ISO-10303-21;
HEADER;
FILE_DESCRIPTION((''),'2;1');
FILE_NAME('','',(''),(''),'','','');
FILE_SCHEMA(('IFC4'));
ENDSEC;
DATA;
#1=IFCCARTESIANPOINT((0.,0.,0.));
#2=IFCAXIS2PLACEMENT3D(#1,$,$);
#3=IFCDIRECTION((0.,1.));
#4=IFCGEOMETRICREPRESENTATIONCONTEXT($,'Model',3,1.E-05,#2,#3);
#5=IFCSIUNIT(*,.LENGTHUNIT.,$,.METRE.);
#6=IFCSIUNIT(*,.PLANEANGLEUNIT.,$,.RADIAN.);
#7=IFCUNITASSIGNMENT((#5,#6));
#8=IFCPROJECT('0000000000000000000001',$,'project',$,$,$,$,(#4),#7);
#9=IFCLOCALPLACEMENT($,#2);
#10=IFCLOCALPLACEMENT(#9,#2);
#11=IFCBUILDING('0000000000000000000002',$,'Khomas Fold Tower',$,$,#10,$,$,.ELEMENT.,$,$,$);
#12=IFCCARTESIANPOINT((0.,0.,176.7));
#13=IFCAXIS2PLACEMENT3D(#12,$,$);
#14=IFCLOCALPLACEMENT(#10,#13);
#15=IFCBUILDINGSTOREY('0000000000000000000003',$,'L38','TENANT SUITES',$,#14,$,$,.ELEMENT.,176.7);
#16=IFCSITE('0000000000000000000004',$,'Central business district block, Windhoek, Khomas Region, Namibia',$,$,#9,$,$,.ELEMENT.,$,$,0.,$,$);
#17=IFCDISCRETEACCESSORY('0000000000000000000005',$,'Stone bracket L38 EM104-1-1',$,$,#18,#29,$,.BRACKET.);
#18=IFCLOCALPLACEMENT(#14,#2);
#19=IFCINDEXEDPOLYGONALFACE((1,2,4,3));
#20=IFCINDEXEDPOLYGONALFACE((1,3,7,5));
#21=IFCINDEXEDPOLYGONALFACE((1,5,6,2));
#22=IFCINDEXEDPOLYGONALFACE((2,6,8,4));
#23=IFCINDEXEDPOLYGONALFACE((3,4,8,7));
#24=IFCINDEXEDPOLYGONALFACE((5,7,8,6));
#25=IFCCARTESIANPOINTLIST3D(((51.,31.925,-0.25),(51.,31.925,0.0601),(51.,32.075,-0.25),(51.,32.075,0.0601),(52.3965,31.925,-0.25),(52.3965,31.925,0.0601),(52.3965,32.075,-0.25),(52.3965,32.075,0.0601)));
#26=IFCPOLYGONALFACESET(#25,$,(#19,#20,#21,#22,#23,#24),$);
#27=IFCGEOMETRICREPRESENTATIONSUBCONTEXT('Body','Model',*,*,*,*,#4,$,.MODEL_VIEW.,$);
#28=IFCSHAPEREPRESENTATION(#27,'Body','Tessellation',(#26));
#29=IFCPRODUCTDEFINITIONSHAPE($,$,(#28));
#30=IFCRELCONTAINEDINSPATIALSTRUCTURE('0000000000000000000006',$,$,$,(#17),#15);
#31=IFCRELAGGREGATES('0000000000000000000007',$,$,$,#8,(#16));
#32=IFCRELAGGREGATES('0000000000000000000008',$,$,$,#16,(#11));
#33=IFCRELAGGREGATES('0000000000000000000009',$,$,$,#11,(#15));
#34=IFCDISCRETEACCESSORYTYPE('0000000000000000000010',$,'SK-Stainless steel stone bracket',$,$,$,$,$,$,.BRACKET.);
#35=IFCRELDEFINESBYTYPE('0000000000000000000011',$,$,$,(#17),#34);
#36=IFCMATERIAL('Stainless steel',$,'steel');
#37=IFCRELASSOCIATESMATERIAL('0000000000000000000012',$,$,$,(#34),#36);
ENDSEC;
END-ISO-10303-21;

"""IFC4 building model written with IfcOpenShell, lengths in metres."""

from ifc_helpers import new_model, si_unit, direction, frame, origin, origin_2d, place, context, subcontext, project, spatial, rectangle, extrude, source, transform, mapped, material, type_object, element, save


model = new_model("IFC4")

# Units and contexts
model_context = context("Model", 3, precision=1e-05, world=origin(), true_north=direction((0.0, 1.0)))
body_context = subcontext(model_context, "Body", "Model", "MODEL_VIEW")
ifc_project = project(units=[si_unit("LENGTHUNIT", "METRE"), si_unit("PLANEANGLEUNIT", "RADIAN")], contexts=[model_context])

# Site, building, storey
site_placement = place(None, origin())
site = spatial("IfcSite", under=ifc_project, at=site_placement, Name="Central business district block, Windhoek, Khomas Region, Namibia", CompositionType="ELEMENT", RefElevation=0.0)
building_placement = place(site_placement, origin())
building = spatial("IfcBuilding", under=site, at=building_placement, Name="Khomas Fold Tower", CompositionType="ELEMENT")
storey_placement = place(building_placement, frame((0.0, 0.0, 176.7)))
storey = spatial("IfcBuildingStorey", under=building, at=storey_placement, Name="L38", Description="TENANT SUITES", CompositionType="ELEMENT", Elevation=176.7)

# Discrete accessory
ifc_material_1 = material(Name="Stainless steel", Category="steel")
discrete_accessory_type = type_object("IfcDiscreteAccessoryType", Name="SK-Stainless steel stone bracket", PredefinedType="BRACKET", material=ifc_material_1)
shared_shape_1 = source(origin(), body_context, "Body", "SweptSolid", [
    extrude(rectangle(XDim=1.3965, YDim=0.1499, at=origin_2d()), origin(), (0.0, 0.0, 1.0), 0.3101),
])
discrete_accessory_placement = place(storey_placement, frame((51.6982, 32.0, -0.25), z_axis=(0.0, 0.0, 1.0), x_axis=(1.0, 0.0, 0.0)))
element("IfcDiscreteAccessory", 1, at=discrete_accessory_placement, inside=storey, type_object=discrete_accessory_type, Name="Stone bracket L38 EM104-1-1", PredefinedType="BRACKET", context=body_context, shape_type="MappedRepresentation", body=[
    mapped(shared_shape_1, transform((0.0, 0.0, 0.0))),
])

save(model, "model.ifc")
